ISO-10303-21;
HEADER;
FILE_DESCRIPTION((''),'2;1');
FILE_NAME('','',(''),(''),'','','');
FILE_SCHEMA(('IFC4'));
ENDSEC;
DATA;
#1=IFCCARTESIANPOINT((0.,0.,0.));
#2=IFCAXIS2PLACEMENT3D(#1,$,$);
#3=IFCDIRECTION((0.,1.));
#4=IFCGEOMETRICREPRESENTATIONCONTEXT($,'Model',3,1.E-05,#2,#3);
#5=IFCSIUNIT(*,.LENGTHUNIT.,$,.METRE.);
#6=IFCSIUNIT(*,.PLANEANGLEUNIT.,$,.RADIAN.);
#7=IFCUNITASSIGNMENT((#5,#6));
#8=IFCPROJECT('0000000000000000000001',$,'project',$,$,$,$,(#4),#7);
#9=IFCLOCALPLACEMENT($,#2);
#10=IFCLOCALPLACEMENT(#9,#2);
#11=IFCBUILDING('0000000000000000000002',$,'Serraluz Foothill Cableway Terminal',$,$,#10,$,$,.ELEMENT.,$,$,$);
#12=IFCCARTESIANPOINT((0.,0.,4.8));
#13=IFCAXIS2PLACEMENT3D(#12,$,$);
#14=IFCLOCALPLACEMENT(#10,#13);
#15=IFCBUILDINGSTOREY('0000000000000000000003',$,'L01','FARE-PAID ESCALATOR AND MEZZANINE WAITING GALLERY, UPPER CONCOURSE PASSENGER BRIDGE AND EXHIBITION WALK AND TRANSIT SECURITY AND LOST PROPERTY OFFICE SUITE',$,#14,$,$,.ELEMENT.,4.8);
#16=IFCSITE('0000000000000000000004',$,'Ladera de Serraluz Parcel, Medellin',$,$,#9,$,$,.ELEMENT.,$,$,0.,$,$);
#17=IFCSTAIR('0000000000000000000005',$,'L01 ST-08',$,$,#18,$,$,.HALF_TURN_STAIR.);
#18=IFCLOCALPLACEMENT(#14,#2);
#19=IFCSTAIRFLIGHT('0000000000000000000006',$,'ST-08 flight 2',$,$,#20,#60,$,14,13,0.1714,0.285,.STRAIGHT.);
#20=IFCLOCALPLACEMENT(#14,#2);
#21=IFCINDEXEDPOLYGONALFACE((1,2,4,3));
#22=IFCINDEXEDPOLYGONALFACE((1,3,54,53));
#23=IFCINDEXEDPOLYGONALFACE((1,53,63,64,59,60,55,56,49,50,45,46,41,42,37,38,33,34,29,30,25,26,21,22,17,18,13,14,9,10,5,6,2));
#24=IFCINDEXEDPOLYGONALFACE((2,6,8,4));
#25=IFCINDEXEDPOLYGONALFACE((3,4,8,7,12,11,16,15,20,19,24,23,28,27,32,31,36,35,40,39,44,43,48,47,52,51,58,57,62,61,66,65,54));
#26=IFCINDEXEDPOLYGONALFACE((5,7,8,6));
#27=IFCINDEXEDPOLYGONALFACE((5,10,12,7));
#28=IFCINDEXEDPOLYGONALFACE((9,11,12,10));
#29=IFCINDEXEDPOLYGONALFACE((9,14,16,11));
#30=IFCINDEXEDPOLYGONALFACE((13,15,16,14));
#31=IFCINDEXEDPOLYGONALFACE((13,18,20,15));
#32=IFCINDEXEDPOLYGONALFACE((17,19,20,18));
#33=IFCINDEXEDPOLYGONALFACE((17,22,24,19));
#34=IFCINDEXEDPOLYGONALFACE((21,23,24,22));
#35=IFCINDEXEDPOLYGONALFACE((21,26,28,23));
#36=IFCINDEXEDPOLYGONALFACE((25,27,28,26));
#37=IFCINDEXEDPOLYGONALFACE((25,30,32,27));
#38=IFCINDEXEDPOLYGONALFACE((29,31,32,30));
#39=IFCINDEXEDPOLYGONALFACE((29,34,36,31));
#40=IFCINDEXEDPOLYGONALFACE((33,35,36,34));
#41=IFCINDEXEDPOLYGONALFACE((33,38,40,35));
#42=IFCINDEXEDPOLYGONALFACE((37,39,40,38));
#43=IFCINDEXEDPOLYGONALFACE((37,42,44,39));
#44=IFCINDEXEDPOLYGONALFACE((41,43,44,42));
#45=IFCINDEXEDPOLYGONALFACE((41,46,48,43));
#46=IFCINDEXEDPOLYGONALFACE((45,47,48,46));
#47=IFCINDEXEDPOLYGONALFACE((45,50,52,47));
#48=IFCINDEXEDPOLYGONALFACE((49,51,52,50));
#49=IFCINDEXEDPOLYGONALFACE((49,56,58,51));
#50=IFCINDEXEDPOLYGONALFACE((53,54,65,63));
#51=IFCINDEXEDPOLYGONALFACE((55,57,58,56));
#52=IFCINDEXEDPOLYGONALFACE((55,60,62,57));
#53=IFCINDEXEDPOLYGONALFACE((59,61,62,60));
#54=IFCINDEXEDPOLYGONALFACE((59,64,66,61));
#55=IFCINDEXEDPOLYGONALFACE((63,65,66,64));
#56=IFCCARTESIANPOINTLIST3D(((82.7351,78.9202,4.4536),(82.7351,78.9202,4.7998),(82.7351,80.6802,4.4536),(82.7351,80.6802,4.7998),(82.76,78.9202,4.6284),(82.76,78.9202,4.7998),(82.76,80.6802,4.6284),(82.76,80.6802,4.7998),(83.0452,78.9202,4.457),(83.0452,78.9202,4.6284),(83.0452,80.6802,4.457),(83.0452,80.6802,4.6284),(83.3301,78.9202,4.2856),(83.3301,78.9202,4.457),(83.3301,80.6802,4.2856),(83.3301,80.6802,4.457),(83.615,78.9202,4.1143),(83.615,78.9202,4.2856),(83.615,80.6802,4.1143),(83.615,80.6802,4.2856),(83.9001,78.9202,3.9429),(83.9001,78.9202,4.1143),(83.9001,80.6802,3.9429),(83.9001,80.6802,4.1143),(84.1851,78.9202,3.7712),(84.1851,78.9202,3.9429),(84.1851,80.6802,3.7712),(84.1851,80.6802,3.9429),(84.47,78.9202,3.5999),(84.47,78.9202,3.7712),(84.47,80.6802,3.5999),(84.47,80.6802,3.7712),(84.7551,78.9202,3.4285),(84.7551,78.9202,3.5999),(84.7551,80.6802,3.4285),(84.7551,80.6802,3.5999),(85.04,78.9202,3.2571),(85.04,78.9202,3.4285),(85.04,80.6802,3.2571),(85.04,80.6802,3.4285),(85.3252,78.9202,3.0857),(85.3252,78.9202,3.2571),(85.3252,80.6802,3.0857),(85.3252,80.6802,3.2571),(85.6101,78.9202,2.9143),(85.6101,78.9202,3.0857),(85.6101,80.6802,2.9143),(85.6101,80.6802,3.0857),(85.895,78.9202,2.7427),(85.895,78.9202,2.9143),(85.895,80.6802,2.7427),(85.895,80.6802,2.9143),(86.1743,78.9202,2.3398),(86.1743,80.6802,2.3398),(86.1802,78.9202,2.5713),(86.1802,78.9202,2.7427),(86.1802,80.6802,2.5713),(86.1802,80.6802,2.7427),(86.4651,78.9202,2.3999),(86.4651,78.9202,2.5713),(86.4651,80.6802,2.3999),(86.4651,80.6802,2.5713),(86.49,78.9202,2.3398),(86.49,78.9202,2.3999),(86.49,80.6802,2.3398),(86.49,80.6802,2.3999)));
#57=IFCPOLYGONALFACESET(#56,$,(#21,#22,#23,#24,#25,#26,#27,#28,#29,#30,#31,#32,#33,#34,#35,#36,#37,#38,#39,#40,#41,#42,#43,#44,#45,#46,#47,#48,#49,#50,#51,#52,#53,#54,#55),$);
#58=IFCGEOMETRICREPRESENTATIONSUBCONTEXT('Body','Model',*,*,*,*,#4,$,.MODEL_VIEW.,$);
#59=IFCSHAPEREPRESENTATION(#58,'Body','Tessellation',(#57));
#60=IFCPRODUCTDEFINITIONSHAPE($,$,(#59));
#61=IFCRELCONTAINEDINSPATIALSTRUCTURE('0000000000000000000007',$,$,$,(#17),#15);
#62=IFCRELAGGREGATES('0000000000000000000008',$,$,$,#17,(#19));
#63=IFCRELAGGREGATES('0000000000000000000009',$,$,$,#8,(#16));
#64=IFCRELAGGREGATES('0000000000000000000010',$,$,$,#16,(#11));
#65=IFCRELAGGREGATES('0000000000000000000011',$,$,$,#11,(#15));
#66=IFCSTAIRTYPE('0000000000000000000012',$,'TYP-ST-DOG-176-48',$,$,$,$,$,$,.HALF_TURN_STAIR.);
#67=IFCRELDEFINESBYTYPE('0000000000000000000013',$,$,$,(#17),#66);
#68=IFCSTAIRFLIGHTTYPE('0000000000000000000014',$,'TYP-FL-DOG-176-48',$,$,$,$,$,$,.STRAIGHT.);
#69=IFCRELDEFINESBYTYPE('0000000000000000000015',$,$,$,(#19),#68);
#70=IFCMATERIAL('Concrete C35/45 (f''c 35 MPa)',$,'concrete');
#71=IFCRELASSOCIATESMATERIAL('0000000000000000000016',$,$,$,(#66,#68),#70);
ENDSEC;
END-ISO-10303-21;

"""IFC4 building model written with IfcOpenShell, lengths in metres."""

from ifc_helpers import new_model, si_unit, direction, frame, origin, place, context, subcontext, project, spatial, polyline, outline, extrude, material, type_object, element, aggregate, save


model = new_model("IFC4")

# Units and contexts
model_context = context("Model", 3, precision=1e-05, world=origin(), true_north=direction((0.0, 1.0)))
body_context = subcontext(model_context, "Body", "Model", "MODEL_VIEW")
ifc_project = project(units=[si_unit("LENGTHUNIT", "METRE"), si_unit("PLANEANGLEUNIT", "RADIAN")], contexts=[model_context])

# Site, building, storey
site_placement = place(None, origin())
site = spatial("IfcSite", under=ifc_project, at=site_placement, Name="Ladera de Serraluz Parcel, Medellin", CompositionType="ELEMENT", RefElevation=0.0)
building_placement = place(site_placement, origin())
building = spatial("IfcBuilding", under=site, at=building_placement, Name="Serraluz Foothill Cableway Terminal", CompositionType="ELEMENT")
storey_placement = place(building_placement, frame((0.0, 0.0, 4.8)))
storey = spatial("IfcBuildingStorey", under=building, at=storey_placement, Name="L01", Description="FARE-PAID ESCALATOR AND MEZZANINE WAITING GALLERY, UPPER CONCOURSE PASSENGER BRIDGE AND EXHIBITION WALK AND TRANSIT SECURITY AND LOST PROPERTY OFFICE SUITE", CompositionType="ELEMENT", Elevation=4.8)

# Shared definitions
ifc_material_1 = material(Name="Concrete C35/45 (f'c 35 MPa)", Category="concrete")

# Stair, stair flight
stair_type = type_object("IfcStairType", Name="TYP-ST-DOG-176-48", PredefinedType="HALF_TURN_STAIR", material=ifc_material_1)
stair_placement = place(storey_placement, origin())
stair = element("IfcStair", 1, at=stair_placement, inside=storey, type_object=stair_type, Name="L01 ST-08", PredefinedType="HALF_TURN_STAIR")
stair_flight_type = type_object("IfcStairFlightType", Name="TYP-FL-DOG-176-48", PredefinedType="STRAIGHT", material=ifc_material_1)
stair_flight_1_placement = place(storey_placement, frame((86.4651, 79.8, 2.3999), z_axis=(0.0, 0.0, 1.0), x_axis=(-1.0, 0.0, 0.0)))
stair_flight_1 = element("IfcStairFlight", 2, at=stair_flight_1_placement, type_object=stair_flight_type, Name="ST-08 flight 2", NumberOfRisers=14, NumberOfTreads=13, PredefinedType="STRAIGHT", RiserHeight=0.1714, TreadLength=0.285, context=body_context, shape_type="SweptSolid", body=[
    extrude(outline(polyline([(-0.0249, -0.0601), (-0.0249, 0.0), (0.0, 0.0), (0.0, 0.1714), (0.2849, 0.1714), (0.2849, 0.3428), (0.5701, 0.3428), (0.5701, 0.5144), (0.855, 0.5144), (0.855, 0.6858), (1.1399, 0.6858), (1.1399, 0.8572), (1.425, 0.8572), (1.425, 1.0286), (1.71, 1.0286), (1.71, 1.2), (1.9951, 1.2), (1.9951, 1.3713), (2.28, 1.3713), (2.28, 1.543), (2.5649, 1.543), (2.5649, 1.7144), (2.8501, 1.7144), (2.8501, 1.8857), (3.135, 1.8857), (3.135, 2.0571), (3.4199, 2.0571), (3.4199, 2.2285), (3.7051, 2.2285), (3.7051, 2.3999), (3.73, 2.3999), (3.73, 2.0537), (0.2908, -0.0601), (-0.0249, -0.0601)])), frame((0.0, 0.8799, 0.0), z_axis=(0.0, -1.0, 0.0), x_axis=(1.0, 0.0, 0.0)), (0.0, 0.0, 1.0), 1.76),
])
aggregate(stair, [stair_flight_1])

save(model, "model.ifc")
